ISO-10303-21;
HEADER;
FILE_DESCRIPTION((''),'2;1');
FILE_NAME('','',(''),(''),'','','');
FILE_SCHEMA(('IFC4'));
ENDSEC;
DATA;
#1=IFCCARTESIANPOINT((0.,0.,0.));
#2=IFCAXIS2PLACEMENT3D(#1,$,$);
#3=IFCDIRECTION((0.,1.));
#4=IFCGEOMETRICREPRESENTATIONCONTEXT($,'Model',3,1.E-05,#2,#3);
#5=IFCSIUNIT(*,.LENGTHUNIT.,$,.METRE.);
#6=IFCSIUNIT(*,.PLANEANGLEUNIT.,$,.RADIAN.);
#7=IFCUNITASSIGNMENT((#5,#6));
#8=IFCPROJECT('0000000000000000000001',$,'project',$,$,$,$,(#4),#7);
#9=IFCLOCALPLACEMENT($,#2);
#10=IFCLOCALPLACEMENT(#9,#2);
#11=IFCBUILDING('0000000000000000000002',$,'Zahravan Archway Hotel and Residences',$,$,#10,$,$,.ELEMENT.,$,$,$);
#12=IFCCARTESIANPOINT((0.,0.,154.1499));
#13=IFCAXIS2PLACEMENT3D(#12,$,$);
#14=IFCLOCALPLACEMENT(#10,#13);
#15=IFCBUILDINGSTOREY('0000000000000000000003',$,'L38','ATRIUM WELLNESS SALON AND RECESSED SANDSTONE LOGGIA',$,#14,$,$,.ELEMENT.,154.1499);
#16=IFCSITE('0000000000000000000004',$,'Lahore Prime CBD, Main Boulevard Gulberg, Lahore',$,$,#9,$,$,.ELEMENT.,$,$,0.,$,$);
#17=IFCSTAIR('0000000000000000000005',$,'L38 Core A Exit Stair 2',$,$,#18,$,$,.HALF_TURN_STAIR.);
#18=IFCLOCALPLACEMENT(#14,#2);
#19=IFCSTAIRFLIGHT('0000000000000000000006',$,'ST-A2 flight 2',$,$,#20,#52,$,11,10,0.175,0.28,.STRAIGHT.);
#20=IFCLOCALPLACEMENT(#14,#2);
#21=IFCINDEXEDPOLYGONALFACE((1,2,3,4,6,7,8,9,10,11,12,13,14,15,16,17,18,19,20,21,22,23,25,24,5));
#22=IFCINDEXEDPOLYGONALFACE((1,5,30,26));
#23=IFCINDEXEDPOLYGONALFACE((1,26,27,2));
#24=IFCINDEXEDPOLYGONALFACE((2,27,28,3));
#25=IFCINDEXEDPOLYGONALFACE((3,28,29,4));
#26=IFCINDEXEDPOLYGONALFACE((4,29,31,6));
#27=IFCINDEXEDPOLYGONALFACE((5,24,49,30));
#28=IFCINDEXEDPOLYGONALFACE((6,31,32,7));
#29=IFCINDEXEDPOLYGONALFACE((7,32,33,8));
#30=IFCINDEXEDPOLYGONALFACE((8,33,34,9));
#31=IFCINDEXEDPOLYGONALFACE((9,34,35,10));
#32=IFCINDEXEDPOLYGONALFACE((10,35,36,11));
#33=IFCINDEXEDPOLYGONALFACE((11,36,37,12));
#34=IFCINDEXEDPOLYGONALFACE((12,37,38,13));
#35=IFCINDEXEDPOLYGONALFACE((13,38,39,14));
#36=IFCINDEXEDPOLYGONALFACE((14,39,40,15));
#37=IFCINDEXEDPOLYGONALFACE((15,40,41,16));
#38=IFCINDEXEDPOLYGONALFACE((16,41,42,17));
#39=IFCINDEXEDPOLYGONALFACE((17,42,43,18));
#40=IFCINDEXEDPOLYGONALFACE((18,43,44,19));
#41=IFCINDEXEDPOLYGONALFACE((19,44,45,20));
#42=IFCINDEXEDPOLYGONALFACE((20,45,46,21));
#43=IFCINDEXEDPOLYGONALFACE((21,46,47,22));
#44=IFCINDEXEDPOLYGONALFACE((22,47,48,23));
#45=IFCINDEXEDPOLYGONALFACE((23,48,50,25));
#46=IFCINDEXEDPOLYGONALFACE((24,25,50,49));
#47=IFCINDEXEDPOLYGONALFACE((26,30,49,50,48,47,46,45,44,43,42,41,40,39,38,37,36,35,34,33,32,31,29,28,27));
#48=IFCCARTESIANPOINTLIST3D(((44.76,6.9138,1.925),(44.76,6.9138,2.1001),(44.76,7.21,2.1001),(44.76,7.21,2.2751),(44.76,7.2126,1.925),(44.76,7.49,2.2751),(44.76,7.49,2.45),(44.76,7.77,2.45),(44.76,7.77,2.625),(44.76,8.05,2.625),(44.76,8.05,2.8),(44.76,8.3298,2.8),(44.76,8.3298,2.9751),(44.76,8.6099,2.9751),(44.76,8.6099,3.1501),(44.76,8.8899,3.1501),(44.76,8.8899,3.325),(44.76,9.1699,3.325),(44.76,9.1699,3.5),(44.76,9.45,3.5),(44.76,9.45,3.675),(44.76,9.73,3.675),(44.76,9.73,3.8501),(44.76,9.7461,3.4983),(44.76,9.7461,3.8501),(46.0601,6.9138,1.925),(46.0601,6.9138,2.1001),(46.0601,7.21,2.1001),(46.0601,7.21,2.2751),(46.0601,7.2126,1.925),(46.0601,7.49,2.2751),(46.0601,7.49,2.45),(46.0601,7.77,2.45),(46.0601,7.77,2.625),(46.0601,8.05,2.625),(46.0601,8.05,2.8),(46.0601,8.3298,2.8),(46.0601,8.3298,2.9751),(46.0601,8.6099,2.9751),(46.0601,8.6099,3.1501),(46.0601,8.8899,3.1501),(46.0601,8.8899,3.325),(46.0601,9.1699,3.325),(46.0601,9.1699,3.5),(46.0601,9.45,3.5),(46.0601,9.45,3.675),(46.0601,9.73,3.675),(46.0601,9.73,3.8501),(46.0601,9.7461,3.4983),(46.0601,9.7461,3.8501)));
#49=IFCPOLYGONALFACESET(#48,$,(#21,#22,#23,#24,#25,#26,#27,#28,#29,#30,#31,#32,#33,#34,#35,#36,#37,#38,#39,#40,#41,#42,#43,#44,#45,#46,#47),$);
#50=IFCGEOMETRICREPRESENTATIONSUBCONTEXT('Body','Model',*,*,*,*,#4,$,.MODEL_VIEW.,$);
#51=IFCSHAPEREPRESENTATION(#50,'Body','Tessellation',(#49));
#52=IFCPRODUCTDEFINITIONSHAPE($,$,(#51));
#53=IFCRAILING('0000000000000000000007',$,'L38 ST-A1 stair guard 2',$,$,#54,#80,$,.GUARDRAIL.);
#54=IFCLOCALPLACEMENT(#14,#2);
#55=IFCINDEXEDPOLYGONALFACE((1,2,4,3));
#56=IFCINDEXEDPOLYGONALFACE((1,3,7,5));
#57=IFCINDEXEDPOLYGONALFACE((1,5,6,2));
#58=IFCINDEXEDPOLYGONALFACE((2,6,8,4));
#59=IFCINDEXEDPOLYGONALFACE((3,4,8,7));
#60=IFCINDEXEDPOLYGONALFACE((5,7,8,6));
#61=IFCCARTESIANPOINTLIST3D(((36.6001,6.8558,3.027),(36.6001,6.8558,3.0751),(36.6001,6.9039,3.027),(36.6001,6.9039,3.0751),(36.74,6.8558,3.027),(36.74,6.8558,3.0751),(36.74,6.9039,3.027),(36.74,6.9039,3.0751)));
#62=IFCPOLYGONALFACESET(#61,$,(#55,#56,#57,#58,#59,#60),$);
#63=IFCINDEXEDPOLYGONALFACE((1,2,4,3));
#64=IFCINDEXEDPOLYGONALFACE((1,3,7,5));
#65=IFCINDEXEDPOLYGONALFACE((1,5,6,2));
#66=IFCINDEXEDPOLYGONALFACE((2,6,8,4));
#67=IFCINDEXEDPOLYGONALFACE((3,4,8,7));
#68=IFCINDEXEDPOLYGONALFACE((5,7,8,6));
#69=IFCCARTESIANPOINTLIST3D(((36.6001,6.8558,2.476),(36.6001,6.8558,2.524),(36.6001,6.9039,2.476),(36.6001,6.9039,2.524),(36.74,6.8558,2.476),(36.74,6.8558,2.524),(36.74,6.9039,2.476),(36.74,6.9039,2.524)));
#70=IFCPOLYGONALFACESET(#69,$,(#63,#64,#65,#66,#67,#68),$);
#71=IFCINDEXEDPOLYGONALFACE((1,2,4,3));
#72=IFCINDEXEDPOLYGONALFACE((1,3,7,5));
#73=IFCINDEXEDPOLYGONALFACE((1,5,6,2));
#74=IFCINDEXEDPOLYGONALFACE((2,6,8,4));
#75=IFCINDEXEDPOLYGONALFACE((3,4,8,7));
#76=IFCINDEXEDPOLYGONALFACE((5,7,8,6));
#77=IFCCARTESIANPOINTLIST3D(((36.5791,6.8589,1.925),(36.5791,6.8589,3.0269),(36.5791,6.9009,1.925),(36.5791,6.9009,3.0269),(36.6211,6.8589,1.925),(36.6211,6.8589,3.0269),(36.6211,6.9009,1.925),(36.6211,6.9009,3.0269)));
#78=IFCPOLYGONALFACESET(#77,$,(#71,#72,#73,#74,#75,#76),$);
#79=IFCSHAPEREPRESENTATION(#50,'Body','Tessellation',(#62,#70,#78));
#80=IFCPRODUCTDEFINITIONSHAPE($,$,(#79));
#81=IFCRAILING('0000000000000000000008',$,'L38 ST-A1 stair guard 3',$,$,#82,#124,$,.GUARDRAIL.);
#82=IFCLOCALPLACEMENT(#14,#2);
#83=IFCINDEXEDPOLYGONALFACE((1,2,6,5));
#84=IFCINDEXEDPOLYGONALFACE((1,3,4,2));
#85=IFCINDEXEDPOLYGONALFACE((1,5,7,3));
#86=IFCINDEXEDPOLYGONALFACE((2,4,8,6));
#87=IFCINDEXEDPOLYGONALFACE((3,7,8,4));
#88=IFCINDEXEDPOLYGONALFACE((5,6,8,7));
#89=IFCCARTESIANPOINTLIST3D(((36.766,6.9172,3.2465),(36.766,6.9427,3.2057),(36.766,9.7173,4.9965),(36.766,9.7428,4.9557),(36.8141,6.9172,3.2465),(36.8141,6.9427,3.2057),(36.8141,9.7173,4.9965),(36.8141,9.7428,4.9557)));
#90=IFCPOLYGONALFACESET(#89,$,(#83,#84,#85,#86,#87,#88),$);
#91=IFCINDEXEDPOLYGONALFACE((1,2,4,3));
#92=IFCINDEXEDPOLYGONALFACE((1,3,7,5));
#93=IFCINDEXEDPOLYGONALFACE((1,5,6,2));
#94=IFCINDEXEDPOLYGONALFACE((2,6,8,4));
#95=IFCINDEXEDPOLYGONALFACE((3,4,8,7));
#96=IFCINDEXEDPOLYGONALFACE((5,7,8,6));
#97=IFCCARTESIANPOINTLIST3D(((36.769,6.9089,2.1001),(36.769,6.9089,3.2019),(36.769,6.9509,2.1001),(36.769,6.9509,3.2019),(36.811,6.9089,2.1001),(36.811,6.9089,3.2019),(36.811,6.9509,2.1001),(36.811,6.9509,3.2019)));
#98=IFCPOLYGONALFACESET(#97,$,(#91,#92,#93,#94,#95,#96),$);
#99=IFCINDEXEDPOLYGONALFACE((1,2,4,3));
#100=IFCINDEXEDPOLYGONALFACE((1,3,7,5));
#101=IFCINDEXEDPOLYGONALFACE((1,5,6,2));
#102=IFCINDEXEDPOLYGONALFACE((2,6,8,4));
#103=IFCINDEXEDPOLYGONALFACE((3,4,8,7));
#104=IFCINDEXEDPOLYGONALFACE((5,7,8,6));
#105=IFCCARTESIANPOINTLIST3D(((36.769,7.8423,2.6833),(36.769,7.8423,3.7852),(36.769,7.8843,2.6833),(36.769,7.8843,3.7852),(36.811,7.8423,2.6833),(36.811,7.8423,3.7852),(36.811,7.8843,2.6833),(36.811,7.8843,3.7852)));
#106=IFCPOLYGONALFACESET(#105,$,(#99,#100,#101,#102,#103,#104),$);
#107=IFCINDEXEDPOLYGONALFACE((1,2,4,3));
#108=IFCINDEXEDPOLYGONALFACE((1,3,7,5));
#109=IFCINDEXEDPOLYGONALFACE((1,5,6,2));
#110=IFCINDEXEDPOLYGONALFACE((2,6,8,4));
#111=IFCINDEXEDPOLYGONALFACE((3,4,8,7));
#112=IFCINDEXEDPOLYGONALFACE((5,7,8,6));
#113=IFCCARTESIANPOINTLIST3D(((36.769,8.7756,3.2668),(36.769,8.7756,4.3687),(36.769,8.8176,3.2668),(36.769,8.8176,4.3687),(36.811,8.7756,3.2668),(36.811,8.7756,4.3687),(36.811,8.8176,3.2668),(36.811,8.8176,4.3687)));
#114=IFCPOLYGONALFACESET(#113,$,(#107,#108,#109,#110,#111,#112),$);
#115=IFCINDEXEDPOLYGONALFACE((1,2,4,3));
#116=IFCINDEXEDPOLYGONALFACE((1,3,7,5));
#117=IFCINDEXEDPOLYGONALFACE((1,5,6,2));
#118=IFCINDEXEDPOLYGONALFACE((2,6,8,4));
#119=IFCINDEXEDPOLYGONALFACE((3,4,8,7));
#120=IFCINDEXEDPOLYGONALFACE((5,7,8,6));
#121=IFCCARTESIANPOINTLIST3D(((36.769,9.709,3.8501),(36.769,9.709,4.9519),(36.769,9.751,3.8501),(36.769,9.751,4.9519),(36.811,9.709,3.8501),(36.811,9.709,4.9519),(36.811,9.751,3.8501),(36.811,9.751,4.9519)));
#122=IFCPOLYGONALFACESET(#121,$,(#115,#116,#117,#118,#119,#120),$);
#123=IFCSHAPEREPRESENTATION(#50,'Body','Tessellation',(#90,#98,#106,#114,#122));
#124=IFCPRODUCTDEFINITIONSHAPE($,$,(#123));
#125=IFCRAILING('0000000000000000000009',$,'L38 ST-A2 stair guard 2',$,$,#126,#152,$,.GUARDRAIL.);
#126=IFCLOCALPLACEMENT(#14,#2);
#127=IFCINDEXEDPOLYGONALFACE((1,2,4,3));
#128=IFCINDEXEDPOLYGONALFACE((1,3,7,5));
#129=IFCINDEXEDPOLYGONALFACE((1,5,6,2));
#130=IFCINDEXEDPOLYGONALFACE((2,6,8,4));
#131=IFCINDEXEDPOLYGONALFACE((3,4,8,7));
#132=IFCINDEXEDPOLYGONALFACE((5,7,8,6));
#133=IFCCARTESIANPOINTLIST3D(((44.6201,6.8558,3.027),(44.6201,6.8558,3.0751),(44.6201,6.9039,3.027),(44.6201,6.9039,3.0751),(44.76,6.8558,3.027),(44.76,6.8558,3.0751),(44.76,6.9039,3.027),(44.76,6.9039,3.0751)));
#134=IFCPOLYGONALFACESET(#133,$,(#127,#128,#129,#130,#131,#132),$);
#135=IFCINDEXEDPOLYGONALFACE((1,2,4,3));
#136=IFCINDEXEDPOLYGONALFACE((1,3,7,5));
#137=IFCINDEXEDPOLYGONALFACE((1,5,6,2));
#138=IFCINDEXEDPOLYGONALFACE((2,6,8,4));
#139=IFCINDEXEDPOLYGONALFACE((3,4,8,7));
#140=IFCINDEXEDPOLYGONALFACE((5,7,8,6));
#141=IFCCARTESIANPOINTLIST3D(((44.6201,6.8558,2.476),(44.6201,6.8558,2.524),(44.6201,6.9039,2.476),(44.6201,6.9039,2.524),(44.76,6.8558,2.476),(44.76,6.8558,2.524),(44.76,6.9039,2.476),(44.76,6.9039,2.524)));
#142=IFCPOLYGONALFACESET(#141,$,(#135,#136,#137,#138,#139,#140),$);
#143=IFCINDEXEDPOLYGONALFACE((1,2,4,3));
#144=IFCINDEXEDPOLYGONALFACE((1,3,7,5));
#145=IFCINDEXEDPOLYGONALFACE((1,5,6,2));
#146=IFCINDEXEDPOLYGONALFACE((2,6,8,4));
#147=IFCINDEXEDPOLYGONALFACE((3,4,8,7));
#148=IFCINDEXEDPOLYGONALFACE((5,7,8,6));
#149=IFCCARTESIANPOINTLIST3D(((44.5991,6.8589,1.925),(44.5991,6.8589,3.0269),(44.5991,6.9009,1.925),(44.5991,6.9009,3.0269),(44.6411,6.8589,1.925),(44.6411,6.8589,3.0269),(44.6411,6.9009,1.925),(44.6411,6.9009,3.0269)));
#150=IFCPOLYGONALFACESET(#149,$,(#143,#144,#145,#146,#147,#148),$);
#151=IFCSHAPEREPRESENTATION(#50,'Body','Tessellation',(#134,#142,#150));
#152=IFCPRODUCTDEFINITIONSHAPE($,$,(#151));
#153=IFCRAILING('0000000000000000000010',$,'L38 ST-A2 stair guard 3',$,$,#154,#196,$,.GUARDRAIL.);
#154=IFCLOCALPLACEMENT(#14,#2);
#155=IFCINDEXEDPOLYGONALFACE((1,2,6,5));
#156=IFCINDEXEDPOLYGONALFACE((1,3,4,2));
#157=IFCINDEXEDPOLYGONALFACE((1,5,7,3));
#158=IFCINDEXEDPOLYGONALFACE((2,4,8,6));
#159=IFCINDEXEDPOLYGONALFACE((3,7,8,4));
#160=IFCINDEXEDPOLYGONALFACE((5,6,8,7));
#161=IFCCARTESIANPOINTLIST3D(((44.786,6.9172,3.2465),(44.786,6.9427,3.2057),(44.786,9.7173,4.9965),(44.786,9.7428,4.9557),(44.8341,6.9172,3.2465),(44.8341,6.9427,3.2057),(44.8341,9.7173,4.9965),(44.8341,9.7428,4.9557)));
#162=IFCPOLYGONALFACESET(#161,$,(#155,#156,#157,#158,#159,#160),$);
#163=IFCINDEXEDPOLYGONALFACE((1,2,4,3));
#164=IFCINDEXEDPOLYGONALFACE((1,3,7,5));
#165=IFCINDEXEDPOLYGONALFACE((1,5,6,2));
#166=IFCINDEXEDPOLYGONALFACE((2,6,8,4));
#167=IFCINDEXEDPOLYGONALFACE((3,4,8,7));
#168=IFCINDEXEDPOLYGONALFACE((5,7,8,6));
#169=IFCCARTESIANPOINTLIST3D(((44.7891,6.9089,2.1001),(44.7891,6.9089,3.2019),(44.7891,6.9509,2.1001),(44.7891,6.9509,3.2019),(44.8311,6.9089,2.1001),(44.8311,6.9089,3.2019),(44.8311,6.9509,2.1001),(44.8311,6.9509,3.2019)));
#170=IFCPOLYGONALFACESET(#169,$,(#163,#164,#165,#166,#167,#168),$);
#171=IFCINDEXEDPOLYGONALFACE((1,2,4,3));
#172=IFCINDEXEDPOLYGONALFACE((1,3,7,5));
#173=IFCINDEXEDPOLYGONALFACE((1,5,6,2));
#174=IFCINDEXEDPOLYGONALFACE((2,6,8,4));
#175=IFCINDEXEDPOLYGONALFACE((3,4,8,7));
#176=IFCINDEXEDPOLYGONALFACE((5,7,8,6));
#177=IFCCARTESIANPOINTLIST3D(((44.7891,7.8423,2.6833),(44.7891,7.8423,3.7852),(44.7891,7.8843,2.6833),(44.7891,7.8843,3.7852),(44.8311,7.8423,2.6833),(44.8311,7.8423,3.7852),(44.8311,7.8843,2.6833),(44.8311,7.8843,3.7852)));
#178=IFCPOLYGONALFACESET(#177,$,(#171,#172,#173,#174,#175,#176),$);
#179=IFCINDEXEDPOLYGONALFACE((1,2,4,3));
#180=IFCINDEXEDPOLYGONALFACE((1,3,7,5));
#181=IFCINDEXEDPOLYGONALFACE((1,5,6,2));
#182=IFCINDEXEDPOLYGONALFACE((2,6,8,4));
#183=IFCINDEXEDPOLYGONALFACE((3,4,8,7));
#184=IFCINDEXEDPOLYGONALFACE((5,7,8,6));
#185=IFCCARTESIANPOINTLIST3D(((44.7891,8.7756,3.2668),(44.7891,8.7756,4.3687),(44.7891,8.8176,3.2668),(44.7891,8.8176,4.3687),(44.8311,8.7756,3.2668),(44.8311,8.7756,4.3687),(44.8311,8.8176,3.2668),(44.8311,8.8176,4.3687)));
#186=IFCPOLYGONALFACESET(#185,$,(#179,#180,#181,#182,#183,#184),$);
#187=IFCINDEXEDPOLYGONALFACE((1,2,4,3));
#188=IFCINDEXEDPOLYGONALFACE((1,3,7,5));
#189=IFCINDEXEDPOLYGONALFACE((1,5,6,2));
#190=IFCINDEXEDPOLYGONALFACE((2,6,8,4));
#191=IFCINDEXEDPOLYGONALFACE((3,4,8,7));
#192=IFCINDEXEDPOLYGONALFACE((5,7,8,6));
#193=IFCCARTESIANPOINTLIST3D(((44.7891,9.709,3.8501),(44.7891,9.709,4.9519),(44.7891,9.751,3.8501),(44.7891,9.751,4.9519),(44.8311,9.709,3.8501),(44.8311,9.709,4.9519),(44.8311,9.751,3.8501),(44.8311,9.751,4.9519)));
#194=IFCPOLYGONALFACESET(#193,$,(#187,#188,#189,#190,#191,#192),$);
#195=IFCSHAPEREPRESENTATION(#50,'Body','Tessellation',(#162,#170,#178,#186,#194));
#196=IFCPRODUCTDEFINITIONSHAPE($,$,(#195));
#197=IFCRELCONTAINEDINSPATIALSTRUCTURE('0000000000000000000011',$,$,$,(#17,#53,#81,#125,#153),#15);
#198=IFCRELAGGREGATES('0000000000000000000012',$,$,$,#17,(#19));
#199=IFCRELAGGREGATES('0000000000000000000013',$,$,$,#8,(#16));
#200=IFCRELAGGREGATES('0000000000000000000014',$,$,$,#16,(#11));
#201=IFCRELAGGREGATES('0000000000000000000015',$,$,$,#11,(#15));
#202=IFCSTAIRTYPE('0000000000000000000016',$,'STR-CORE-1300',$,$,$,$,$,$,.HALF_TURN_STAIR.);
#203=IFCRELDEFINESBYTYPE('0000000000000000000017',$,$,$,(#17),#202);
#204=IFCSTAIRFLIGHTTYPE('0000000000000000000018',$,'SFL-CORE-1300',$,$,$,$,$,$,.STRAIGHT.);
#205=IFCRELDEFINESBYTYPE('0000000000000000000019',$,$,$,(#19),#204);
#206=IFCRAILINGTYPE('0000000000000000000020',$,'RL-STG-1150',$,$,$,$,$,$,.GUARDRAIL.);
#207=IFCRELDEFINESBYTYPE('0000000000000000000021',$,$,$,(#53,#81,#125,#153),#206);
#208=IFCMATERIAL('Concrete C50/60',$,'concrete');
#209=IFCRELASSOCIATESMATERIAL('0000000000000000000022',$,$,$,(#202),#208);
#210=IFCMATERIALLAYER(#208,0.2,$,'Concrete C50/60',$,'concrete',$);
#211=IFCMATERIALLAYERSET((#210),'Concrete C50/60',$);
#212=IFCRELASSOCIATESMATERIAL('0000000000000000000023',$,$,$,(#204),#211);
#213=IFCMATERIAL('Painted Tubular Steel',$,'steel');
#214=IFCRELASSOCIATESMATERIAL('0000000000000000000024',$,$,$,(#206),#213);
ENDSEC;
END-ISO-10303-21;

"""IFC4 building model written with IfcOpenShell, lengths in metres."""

from ifc_helpers import new_model, si_unit, direction, frame, origin, origin_2d, place, context, subcontext, project, spatial, polyline, rectangle, outline, extrude, source, transform, mapped, material, layer, layer_set, type_object, element, aggregate, save


model = new_model("IFC4")

# Units and contexts
model_context = context("Model", 3, precision=1e-05, world=origin(), true_north=direction((0.0, 1.0)))
body_context = subcontext(model_context, "Body", "Model", "MODEL_VIEW")
ifc_project = project(units=[si_unit("LENGTHUNIT", "METRE"), si_unit("PLANEANGLEUNIT", "RADIAN")], contexts=[model_context])

# Site, building, storey
site_placement = place(None, origin())
site = spatial("IfcSite", under=ifc_project, at=site_placement, Name="Lahore Prime CBD, Main Boulevard Gulberg, Lahore", CompositionType="ELEMENT", RefElevation=0.0)
building_placement = place(site_placement, origin())
building = spatial("IfcBuilding", under=site, at=building_placement, Name="Zahravan Archway Hotel and Residences", CompositionType="ELEMENT")
storey_placement = place(building_placement, frame((0.0, 0.0, 154.1499)))
storey = spatial("IfcBuildingStorey", under=building, at=storey_placement, Name="L38", Description="ATRIUM WELLNESS SALON AND RECESSED SANDSTONE LOGGIA", CompositionType="ELEMENT", Elevation=154.1499)

# Shared definitions
ifc_material_1 = material(Name="Concrete C50/60", Category="concrete")

# Stair, stair flight
stair_type = type_object("IfcStairType", Name="STR-CORE-1300", PredefinedType="HALF_TURN_STAIR", material=ifc_material_1)
ifc_layer_1 = layer(ifc_material_1, 0.2, Name="Concrete C50/60", Category="concrete")
ifc_layer_set_1 = layer_set([ifc_layer_1], Name="Concrete C50/60")
stair_flight_type = type_object("IfcStairFlightType", Name="SFL-CORE-1300", PredefinedType="STRAIGHT", material=ifc_layer_set_1)
shared_shape_1 = source(origin(), body_context, "Body", "SweptSolid", [
    extrude(outline(polyline([(-0.0161, 0.0), (-0.0161, 0.175), (0.28, 0.175), (0.28, 0.3501), (0.5601, 0.3501), (0.5601, 0.5249), (0.8401, 0.5249), (0.8401, 0.7), (1.1201, 0.7), (1.1201, 0.875), (1.3999, 0.875), (1.3999, 1.05), (1.6799, 1.05), (1.6799, 1.2251), (1.96, 1.2251), (1.96, 1.3999), (2.24, 1.3999), (2.24, 1.575), (2.52, 1.575), (2.52, 1.75), (2.8, 1.75), (2.8, 1.925), (2.8162, 1.925), (2.8162, 1.5732), (0.2827, 0.0), (-0.0161, 0.0)])), frame((0.0, 0.6499, 0.0), z_axis=(0.0, -1.0, 0.0), x_axis=(1.0, 0.0, 0.0)), (0.0, 0.0, 1.0), 1.3),
])
stair_1_placement = place(storey_placement, origin())
stair_1 = element("IfcStair", 1, at=stair_1_placement, inside=storey, type_object=stair_type, Name="L38 Core A Exit Stair 2", PredefinedType="HALF_TURN_STAIR")
stair_flight_1_placement = place(storey_placement, frame((45.4099, 6.9299, 1.925), z_axis=(0.0, 0.0, 1.0), x_axis=(0.0, 1.0, 0.0)))
stair_flight_1 = element("IfcStairFlight", 2, at=stair_flight_1_placement, type_object=stair_flight_type, Name="ST-A2 flight 2", NumberOfRisers=11, NumberOfTreads=10, PredefinedType="STRAIGHT", RiserHeight=0.175, TreadLength=0.28, context=body_context, shape_type="MappedRepresentation", body=[
    mapped(shared_shape_1, transform((0.0, 0.0, 0.0), scale=1.0)),
])
aggregate(stair_1, [stair_flight_1])

# Railings
ifc_material_2 = material(Name="Painted Tubular Steel", Category="steel")
railing_type_1 = type_object("IfcRailingType", Name="RL-STG-1150", PredefinedType="GUARDRAIL", material=ifc_material_2)
railing_1_placement = place(storey_placement, frame((36.6001, 6.8799, 1.925)))
element("IfcRailing", 3, at=railing_1_placement, inside=storey, type_object=railing_type_1, Name="L38 ST-A1 stair guard 2", PredefinedType="GUARDRAIL", context=body_context, shape_type="SweptSolid", body=[
    extrude(rectangle(XDim=0.0481, YDim=0.0481, at=origin_2d()), frame((0.0, 0.0, 1.126), z_axis=(1.0, 0.0, 0.0), x_axis=(0.0, 1.0, 0.0)), (0.0, 0.0, 1.0), 0.1399),
    extrude(rectangle(XDim=0.0481, YDim=0.0481, at=origin_2d()), frame((0.0, 0.0, 0.575), z_axis=(1.0, 0.0, 0.0), x_axis=(0.0, 1.0, 0.0)), (0.0, 0.0, 1.0), 0.1399),
    extrude(rectangle(XDim=0.042, YDim=0.042, at=origin_2d()), origin(), (0.0, 0.0, 1.0), 1.1018),
])
railing_2_placement = place(storey_placement, frame((36.79, 6.9299, 2.1001)))
element("IfcRailing", 4, at=railing_2_placement, inside=storey, type_object=railing_type_1, Name="L38 ST-A1 stair guard 3", PredefinedType="GUARDRAIL", context=body_context, shape_type="SweptSolid", body=[
    extrude(rectangle(XDim=0.0481, YDim=0.0481, at=origin_2d()), frame((0.0, 0.0, 1.126), z_axis=(0.0, 0.848002, 0.529992), x_axis=(-1.0, 0.0, 0.0)), (0.0, 0.0, 1.0), 3.302),
    extrude(rectangle(XDim=0.042, YDim=0.042, at=origin_2d()), origin(), (0.0, 0.0, 1.0), 1.1018),
    extrude(rectangle(XDim=0.042, YDim=0.042, at=origin_2d()), frame((0.0, 0.9333, 0.5833)), (0.0, 0.0, 1.0), 1.1018),
    extrude(rectangle(XDim=0.042, YDim=0.042, at=origin_2d()), frame((0.0, 1.8667, 1.1667)), (0.0, 0.0, 1.0), 1.1018),
    extrude(rectangle(XDim=0.042, YDim=0.042, at=origin_2d()), frame((0.0, 2.8, 1.75)), (0.0, 0.0, 1.0), 1.1018),
])
railing_3_placement = place(storey_placement, frame((44.6201, 6.8799, 1.925)))
element("IfcRailing", 5, at=railing_3_placement, inside=storey, type_object=railing_type_1, Name="L38 ST-A2 stair guard 2", PredefinedType="GUARDRAIL", context=body_context, shape_type="SweptSolid", body=[
    extrude(rectangle(XDim=0.0481, YDim=0.0481, at=origin_2d()), frame((0.0, 0.0, 1.126), z_axis=(1.0, 0.0, 0.0), x_axis=(0.0, 1.0, 0.0)), (0.0, 0.0, 1.0), 0.1399),
    extrude(rectangle(XDim=0.0481, YDim=0.0481, at=origin_2d()), frame((0.0, 0.0, 0.575), z_axis=(1.0, 0.0, 0.0), x_axis=(0.0, 1.0, 0.0)), (0.0, 0.0, 1.0), 0.1399),
    extrude(rectangle(XDim=0.042, YDim=0.042, at=origin_2d()), origin(), (0.0, 0.0, 1.0), 1.1018),
])
railing_4_placement = place(storey_placement, frame((44.8101, 6.9299, 2.1001)))
element("IfcRailing", 6, at=railing_4_placement, inside=storey, type_object=railing_type_1, Name="L38 ST-A2 stair guard 3", PredefinedType="GUARDRAIL", context=body_context, shape_type="SweptSolid", body=[
    extrude(rectangle(XDim=0.0481, YDim=0.0481, at=origin_2d()), frame((0.0, 0.0, 1.126), z_axis=(0.0, 0.848002, 0.529992), x_axis=(-1.0, 0.0, 0.0)), (0.0, 0.0, 1.0), 3.302),
    extrude(rectangle(XDim=0.042, YDim=0.042, at=origin_2d()), origin(), (0.0, 0.0, 1.0), 1.1018),
    extrude(rectangle(XDim=0.042, YDim=0.042, at=origin_2d()), frame((0.0, 0.9333, 0.5833)), (0.0, 0.0, 1.0), 1.1018),
    extrude(rectangle(XDim=0.042, YDim=0.042, at=origin_2d()), frame((0.0, 1.8667, 1.1667)), (0.0, 0.0, 1.0), 1.1018),
    extrude(rectangle(XDim=0.042, YDim=0.042, at=origin_2d()), frame((0.0, 2.8, 1.75)), (0.0, 0.0, 1.0), 1.1018),
])

save(model, "model.ifc")
